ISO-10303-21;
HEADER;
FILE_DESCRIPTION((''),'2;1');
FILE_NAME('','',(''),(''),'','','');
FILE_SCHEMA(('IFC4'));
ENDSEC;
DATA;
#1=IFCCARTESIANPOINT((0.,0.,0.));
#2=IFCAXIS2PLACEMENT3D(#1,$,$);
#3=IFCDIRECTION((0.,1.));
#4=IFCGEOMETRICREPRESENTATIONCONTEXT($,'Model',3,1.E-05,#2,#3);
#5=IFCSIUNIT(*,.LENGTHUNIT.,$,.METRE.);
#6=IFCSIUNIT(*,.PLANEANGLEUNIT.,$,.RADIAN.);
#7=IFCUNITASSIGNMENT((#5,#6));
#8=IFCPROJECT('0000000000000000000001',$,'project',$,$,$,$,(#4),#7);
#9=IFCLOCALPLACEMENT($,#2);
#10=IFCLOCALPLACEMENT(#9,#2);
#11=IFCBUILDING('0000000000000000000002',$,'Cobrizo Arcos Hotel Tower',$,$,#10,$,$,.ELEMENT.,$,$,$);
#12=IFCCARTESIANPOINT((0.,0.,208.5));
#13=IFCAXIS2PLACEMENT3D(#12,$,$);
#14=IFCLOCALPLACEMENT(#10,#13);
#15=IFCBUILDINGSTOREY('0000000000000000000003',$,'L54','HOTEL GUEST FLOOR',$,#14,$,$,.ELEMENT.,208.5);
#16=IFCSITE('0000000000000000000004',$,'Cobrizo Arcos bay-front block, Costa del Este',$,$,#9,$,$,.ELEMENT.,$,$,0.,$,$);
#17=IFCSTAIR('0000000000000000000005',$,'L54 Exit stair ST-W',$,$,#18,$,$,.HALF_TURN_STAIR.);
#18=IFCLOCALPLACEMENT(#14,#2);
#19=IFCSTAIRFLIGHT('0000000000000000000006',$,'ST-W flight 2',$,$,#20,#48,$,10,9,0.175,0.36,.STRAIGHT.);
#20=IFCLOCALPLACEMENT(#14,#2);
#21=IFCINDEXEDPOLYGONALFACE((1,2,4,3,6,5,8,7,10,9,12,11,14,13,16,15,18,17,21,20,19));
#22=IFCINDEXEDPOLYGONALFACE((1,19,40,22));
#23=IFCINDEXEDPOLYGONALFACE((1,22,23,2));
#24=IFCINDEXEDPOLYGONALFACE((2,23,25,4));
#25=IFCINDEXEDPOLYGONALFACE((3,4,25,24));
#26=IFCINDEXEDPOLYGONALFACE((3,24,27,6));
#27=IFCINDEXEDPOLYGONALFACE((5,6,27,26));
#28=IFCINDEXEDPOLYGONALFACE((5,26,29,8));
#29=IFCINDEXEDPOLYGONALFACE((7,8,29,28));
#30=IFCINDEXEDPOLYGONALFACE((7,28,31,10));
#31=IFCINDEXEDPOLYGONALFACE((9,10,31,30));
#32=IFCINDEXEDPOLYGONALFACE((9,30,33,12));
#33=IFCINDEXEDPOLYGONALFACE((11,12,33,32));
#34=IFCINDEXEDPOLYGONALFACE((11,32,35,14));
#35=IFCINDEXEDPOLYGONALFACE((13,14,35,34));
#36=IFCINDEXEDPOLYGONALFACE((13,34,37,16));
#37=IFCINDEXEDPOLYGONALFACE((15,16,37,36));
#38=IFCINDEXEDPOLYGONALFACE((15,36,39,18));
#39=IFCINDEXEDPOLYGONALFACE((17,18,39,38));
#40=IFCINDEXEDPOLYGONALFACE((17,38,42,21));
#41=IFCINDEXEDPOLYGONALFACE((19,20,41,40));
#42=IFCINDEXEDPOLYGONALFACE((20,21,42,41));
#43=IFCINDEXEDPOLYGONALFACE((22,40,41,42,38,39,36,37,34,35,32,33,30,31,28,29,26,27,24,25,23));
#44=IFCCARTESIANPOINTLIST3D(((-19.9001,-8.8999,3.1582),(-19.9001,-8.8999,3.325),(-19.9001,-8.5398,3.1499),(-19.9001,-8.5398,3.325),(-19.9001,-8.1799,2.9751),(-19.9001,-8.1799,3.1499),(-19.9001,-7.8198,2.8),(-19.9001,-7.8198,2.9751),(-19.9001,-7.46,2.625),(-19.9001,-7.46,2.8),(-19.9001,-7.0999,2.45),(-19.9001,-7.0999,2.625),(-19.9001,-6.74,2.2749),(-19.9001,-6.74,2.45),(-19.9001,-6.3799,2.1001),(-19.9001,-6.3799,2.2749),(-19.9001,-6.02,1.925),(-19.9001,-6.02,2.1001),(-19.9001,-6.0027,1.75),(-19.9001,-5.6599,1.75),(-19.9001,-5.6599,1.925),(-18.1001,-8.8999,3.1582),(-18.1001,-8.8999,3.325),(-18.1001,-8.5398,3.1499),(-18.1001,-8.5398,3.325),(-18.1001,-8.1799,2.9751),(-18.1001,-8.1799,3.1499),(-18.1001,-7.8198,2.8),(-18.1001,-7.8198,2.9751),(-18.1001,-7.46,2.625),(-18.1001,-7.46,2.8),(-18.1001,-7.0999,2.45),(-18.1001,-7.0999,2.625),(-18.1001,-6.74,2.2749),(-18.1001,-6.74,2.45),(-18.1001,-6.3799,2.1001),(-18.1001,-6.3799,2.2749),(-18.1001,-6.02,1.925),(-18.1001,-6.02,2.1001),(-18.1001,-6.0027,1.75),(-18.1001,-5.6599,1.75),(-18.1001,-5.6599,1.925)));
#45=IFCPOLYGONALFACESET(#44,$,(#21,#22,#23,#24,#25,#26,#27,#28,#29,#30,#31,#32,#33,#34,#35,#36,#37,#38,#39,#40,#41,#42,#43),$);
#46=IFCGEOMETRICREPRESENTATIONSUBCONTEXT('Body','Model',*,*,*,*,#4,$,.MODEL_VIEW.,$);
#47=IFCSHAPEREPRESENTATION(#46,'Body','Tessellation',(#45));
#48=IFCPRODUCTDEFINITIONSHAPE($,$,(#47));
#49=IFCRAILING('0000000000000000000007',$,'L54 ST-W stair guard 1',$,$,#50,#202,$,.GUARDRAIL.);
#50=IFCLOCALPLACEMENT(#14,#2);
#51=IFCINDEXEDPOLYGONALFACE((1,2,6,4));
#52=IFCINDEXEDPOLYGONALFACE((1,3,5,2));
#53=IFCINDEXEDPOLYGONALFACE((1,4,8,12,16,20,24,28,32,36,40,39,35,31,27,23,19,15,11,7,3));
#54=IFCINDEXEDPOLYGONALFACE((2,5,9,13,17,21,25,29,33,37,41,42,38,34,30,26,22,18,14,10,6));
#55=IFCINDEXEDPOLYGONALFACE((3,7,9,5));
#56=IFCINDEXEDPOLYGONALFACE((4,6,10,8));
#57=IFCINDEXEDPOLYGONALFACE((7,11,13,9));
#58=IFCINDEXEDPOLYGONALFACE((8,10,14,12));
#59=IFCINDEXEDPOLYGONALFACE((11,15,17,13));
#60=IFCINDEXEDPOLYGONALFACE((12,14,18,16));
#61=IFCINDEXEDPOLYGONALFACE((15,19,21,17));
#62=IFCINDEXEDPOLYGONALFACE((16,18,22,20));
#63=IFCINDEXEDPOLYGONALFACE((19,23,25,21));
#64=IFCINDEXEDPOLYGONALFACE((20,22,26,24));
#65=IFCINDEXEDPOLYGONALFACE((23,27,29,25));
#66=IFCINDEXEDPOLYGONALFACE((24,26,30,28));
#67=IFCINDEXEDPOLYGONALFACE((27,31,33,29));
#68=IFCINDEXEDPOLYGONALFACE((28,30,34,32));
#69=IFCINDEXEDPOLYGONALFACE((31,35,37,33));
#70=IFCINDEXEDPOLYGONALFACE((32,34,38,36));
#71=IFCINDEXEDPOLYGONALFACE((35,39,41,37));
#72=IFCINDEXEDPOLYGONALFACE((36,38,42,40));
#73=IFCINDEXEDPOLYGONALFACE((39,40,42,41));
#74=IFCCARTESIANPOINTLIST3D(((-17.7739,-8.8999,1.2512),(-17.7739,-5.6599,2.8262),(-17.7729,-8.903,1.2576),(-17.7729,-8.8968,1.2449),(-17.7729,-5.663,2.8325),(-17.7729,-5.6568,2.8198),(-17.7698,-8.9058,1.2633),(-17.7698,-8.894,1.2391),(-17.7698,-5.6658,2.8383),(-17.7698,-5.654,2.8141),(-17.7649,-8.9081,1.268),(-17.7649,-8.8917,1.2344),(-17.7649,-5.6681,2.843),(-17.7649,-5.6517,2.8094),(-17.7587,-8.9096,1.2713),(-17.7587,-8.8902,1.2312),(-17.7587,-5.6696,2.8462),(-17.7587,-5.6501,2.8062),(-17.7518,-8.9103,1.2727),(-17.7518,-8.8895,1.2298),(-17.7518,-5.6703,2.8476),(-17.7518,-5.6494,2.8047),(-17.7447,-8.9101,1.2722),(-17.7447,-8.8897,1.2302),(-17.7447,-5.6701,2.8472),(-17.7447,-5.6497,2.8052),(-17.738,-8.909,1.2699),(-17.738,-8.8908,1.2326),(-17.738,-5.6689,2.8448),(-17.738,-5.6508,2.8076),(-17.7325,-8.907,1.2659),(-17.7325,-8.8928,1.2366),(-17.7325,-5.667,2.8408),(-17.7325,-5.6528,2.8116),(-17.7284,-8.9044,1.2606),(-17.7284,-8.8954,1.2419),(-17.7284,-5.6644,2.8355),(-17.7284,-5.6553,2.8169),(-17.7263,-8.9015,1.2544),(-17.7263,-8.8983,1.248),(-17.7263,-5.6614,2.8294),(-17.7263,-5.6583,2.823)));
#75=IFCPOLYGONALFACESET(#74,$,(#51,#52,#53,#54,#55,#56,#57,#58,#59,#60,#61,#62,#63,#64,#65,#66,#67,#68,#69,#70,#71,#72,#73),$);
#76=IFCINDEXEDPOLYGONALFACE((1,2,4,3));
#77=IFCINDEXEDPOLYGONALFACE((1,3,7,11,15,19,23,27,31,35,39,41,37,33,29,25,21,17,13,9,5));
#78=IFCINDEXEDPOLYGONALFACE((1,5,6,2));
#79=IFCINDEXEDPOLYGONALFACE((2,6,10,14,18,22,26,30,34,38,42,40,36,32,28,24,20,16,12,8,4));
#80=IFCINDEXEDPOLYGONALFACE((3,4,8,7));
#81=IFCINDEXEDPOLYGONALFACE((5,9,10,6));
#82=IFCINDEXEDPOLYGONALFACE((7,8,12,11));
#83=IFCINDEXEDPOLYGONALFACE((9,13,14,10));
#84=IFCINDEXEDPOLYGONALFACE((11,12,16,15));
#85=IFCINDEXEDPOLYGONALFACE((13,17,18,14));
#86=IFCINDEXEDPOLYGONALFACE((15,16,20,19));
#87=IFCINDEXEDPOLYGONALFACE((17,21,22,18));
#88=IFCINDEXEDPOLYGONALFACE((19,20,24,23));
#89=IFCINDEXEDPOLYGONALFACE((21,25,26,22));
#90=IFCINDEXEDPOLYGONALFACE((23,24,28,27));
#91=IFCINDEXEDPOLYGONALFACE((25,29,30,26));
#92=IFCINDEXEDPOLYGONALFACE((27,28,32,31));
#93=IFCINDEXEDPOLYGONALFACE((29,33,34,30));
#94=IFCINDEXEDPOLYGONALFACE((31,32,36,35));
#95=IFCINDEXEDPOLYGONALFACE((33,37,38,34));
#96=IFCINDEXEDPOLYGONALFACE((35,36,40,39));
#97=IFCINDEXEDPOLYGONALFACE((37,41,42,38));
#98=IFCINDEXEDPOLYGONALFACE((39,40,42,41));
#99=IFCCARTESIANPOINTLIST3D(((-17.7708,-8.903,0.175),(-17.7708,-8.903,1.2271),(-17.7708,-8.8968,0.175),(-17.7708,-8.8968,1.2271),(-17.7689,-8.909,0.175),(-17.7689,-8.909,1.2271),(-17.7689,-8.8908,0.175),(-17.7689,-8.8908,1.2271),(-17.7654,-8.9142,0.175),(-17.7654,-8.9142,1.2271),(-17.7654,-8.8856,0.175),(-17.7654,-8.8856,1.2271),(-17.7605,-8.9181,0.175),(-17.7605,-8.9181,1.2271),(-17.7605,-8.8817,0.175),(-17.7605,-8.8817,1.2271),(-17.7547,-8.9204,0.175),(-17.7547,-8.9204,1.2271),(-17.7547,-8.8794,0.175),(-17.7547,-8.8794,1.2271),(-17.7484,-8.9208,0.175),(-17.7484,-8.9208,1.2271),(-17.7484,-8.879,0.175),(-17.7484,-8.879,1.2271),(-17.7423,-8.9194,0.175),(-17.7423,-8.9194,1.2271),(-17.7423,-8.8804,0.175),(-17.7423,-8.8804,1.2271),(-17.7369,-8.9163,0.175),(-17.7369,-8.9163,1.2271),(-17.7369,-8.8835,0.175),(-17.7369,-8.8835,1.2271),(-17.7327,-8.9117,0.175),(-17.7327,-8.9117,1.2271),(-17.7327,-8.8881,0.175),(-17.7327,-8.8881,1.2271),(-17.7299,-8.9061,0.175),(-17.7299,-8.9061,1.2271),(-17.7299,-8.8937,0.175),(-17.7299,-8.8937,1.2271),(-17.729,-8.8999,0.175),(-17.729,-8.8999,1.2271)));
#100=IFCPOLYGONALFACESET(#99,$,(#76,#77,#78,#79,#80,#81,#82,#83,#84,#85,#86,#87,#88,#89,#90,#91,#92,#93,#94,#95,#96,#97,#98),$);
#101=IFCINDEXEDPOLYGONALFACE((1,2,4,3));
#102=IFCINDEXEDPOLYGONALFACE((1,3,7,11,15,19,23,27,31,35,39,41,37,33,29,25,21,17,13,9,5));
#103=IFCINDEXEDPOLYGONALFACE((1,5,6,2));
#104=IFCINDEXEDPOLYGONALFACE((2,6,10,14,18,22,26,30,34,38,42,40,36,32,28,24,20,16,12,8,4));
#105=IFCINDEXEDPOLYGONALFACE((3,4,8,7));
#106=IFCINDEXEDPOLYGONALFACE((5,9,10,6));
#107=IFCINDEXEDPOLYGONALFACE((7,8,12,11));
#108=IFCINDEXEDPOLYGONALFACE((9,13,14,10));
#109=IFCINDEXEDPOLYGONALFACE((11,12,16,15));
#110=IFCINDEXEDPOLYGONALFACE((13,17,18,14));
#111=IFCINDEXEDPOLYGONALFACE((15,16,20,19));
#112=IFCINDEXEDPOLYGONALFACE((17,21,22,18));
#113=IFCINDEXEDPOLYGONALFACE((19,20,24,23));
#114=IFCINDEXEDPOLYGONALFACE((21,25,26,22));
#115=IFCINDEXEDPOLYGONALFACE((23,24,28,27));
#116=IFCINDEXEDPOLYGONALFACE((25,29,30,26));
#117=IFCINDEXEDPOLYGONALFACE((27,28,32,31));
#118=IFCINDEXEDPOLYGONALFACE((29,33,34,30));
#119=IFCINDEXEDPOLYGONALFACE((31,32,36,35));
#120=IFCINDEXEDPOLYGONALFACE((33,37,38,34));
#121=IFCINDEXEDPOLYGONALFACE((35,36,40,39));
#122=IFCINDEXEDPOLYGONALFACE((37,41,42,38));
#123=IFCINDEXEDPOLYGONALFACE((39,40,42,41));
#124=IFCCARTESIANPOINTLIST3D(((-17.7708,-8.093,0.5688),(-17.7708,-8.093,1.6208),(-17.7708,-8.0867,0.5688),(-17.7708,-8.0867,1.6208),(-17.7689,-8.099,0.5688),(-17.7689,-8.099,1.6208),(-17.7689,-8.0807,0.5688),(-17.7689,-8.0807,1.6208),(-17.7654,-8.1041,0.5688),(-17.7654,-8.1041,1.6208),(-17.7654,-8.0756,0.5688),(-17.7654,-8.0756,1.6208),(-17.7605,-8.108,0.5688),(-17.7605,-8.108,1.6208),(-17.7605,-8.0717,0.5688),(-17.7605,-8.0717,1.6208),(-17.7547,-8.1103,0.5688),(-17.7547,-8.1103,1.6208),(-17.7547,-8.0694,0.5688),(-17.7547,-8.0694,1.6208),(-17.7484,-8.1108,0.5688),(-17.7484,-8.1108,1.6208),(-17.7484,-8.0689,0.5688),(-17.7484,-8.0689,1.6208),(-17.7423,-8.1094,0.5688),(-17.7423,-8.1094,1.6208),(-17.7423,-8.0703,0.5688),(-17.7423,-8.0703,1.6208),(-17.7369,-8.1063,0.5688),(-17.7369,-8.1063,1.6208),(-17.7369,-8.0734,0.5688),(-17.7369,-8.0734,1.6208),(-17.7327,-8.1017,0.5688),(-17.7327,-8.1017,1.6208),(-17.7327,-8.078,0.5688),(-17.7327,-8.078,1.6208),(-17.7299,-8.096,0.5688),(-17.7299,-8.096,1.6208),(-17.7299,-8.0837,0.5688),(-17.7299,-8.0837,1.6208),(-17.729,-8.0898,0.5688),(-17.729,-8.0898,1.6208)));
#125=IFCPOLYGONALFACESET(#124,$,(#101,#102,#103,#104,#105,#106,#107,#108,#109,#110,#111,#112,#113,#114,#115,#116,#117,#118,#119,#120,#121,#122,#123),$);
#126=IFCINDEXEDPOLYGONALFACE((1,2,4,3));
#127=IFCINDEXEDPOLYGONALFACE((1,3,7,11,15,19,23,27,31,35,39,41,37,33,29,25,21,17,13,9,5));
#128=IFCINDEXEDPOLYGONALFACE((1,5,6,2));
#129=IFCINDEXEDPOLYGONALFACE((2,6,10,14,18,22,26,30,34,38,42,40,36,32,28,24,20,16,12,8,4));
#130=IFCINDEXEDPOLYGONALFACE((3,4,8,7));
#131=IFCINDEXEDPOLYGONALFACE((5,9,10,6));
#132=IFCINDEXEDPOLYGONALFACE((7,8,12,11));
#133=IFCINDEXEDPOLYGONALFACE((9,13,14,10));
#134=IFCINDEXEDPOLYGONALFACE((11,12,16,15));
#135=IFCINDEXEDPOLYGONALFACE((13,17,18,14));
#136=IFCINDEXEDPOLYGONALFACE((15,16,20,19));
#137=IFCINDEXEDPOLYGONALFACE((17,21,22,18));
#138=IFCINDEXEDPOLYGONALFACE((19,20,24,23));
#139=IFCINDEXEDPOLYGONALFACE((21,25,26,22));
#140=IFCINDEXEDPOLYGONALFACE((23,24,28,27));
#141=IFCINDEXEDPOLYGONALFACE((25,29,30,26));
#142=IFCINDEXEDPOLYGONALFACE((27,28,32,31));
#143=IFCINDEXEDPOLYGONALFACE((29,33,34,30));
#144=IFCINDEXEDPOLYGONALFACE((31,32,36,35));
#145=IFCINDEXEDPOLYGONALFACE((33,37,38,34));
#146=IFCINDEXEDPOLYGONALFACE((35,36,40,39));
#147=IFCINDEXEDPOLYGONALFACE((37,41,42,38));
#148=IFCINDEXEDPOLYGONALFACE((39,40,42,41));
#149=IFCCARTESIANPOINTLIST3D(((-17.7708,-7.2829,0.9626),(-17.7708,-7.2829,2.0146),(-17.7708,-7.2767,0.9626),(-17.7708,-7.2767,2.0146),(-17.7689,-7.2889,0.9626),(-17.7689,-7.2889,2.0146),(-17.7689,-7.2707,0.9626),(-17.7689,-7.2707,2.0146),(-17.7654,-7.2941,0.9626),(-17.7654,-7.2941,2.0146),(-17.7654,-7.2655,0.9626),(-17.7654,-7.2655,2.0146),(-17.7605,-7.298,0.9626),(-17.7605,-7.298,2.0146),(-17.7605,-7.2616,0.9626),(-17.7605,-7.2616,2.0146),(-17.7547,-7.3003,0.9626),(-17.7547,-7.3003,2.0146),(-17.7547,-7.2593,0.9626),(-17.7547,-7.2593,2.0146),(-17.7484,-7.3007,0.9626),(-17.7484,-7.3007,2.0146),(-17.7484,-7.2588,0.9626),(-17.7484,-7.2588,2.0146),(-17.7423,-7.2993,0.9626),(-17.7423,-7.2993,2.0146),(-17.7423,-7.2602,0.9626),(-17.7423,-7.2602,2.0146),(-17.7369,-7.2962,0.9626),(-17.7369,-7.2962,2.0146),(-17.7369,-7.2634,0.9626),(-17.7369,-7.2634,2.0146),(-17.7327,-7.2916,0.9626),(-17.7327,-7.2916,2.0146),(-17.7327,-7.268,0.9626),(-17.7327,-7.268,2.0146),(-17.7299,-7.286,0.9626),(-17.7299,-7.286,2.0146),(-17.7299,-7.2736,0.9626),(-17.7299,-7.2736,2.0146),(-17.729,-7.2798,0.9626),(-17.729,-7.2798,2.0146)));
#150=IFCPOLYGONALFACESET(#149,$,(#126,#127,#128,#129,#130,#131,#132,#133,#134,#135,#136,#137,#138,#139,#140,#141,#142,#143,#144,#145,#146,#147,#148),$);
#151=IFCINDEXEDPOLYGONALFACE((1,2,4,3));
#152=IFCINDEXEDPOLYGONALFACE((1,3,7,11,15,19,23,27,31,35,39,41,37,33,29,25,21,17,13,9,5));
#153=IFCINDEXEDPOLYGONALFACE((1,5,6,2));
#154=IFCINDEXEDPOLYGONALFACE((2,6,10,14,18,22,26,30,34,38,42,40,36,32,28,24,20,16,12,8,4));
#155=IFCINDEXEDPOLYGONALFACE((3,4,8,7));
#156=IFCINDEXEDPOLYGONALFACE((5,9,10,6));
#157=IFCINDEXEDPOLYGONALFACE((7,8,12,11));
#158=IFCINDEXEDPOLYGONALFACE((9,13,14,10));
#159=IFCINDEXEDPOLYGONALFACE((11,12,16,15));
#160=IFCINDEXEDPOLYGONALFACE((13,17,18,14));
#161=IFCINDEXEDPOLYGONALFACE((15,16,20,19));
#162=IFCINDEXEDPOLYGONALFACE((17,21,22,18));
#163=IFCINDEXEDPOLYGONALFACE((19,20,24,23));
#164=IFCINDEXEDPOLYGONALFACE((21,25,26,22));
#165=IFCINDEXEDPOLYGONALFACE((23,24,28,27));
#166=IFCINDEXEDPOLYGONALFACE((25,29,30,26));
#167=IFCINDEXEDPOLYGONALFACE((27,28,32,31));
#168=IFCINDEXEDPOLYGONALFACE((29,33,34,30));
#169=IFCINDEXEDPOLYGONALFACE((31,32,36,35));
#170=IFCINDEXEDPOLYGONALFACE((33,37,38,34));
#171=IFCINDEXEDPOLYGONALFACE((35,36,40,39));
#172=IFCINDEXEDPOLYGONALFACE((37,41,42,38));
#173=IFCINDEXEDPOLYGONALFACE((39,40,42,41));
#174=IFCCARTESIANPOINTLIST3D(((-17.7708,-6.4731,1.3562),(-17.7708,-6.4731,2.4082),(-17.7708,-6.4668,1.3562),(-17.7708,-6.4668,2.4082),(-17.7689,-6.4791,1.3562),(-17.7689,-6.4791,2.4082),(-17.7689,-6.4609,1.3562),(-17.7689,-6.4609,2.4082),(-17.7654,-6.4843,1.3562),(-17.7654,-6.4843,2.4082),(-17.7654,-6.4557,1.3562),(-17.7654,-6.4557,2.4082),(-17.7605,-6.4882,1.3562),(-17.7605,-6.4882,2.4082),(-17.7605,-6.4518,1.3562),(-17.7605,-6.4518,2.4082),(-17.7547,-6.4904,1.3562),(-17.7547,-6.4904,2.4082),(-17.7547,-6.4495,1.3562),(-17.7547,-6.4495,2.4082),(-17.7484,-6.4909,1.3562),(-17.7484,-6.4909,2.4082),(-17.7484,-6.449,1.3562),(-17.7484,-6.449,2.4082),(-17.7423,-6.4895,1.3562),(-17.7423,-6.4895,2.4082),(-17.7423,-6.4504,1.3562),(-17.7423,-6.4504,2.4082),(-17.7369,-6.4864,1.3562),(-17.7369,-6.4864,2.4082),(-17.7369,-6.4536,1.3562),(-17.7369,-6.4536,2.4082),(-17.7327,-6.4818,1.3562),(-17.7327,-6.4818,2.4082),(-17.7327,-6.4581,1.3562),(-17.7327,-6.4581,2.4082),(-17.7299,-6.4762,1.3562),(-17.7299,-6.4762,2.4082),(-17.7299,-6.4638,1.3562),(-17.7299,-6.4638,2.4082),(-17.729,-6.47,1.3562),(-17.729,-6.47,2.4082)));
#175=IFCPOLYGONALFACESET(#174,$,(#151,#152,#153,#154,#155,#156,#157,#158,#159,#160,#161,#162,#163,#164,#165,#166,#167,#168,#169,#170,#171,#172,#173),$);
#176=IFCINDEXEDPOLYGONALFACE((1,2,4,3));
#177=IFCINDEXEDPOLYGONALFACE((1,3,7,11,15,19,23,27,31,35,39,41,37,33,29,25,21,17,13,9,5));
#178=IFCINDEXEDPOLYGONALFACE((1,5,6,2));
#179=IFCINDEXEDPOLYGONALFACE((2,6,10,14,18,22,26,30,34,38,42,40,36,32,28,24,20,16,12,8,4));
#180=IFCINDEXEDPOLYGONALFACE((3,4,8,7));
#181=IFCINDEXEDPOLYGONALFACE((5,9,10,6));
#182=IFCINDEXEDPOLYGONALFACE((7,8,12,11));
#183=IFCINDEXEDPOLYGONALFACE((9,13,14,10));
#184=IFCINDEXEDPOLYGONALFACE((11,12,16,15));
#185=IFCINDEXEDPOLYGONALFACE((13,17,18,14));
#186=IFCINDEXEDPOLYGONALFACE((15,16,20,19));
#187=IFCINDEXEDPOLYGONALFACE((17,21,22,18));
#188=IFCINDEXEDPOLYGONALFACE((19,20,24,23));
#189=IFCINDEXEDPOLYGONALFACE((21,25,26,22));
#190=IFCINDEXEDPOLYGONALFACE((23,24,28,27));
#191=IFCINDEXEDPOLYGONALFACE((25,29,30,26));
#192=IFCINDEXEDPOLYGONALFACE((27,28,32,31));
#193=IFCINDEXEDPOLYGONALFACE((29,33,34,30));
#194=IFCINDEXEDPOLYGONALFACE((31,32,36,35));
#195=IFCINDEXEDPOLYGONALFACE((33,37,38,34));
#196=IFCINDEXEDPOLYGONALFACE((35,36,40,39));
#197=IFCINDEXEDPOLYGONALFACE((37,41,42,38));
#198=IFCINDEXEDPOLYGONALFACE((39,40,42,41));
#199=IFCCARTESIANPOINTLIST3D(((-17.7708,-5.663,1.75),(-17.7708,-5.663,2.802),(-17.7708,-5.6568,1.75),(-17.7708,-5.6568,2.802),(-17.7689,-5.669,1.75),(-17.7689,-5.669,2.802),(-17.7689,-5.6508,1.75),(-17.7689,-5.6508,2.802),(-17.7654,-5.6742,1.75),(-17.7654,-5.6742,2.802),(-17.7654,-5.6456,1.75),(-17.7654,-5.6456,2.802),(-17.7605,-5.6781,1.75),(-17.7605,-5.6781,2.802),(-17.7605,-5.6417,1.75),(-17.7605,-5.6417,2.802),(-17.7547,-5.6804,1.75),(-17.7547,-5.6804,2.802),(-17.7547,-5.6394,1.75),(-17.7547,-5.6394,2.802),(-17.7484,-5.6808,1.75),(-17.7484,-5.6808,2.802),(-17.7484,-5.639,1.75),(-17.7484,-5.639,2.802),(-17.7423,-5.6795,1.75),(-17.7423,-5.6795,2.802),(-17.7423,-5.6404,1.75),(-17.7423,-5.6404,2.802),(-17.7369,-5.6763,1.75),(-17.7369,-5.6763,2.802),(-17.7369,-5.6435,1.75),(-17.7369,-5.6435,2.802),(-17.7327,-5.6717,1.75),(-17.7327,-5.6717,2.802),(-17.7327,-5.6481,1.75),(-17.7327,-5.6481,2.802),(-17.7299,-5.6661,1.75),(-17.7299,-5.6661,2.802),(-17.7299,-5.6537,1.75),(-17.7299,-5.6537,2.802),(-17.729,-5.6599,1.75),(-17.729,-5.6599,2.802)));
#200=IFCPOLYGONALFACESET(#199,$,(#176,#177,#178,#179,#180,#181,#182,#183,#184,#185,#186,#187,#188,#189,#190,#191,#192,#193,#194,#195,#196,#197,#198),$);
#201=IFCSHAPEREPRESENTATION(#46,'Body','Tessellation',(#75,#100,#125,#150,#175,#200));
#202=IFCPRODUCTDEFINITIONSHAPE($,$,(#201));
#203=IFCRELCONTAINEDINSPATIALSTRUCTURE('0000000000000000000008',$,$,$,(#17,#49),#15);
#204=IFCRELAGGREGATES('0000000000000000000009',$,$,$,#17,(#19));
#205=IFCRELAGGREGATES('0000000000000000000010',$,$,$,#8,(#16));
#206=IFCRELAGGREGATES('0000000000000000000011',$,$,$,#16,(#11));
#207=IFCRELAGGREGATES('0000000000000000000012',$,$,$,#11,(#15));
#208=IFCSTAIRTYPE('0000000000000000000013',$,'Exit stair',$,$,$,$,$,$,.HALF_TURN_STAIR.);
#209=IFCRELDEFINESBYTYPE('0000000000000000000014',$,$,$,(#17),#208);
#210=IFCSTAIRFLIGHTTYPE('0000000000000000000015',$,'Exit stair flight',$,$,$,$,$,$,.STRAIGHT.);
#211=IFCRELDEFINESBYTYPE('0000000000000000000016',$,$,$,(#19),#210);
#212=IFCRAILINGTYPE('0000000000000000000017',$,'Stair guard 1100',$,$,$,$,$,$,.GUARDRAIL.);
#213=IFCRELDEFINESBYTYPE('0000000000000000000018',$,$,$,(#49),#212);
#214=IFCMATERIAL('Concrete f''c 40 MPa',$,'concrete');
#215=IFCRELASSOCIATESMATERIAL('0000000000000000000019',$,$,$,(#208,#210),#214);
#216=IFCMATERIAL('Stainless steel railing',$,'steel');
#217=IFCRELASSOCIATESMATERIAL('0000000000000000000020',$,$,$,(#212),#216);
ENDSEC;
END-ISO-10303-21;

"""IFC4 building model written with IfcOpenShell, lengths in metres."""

from ifc_helpers import new_model, si_unit, direction, frame, origin, origin_2d, place, context, subcontext, project, spatial, polyline, circle, outline, extrude, material, type_object, element, aggregate, save


model = new_model("IFC4")

# Units and contexts
model_context = context("Model", 3, precision=1e-05, world=origin(), true_north=direction((0.0, 1.0)))
body_context = subcontext(model_context, "Body", "Model", "MODEL_VIEW")
ifc_project = project(units=[si_unit("LENGTHUNIT", "METRE"), si_unit("PLANEANGLEUNIT", "RADIAN")], contexts=[model_context])

# Site, building, storey
site_placement = place(None, origin())
site = spatial("IfcSite", under=ifc_project, at=site_placement, Name="Cobrizo Arcos bay-front block, Costa del Este", CompositionType="ELEMENT", RefElevation=0.0)
building_placement = place(site_placement, origin())
building = spatial("IfcBuilding", under=site, at=building_placement, Name="Cobrizo Arcos Hotel Tower", CompositionType="ELEMENT")
storey_placement = place(building_placement, frame((0.0, 0.0, 208.5)))
storey = spatial("IfcBuildingStorey", under=building, at=storey_placement, Name="L54", Description="HOTEL GUEST FLOOR", CompositionType="ELEMENT", Elevation=208.5)

# Shared definitions
ifc_material_1 = material(Name="Concrete f'c 40 MPa", Category="concrete")

# Stair, stair flight
stair_type = type_object("IfcStairType", Name="Exit stair", PredefinedType="HALF_TURN_STAIR", material=ifc_material_1)
stair_placement = place(storey_placement, origin())
stair = element("IfcStair", 1, at=stair_placement, inside=storey, type_object=stair_type, Name="L54 Exit stair ST-W", PredefinedType="HALF_TURN_STAIR")
stair_flight_type = type_object("IfcStairFlightType", Name="Exit stair flight", PredefinedType="STRAIGHT", material=ifc_material_1)
stair_flight_1_placement = place(storey_placement, frame((-19.0, -5.6599, 1.75), z_axis=(0.0, 0.0, 1.0), x_axis=(0.0, -1.0, 0.0)))
stair_flight_1 = element("IfcStairFlight", 2, at=stair_flight_1_placement, type_object=stair_flight_type, Name="ST-W flight 2", NumberOfRisers=10, NumberOfTreads=9, PredefinedType="STRAIGHT", RiserHeight=0.175, TreadLength=0.36, context=body_context, shape_type="SweptSolid", body=[
    extrude(outline(polyline([(0.0, 0.0), (0.0, 0.175), (0.3601, 0.175), (0.3601, 0.3501), (0.72, 0.3501), (0.72, 0.5249), (1.0801, 0.5249), (1.0801, 0.7), (1.4399, 0.7), (1.4399, 0.875), (1.8, 0.875), (1.8, 1.05), (2.1599, 1.05), (2.1599, 1.2251), (2.52, 1.2251), (2.52, 1.3999), (2.8799, 1.3999), (2.8799, 1.575), (3.24, 1.575), (3.24, 1.75), (3.24, 1.4082), (0.3428, 0.0), (0.0, 0.0)])), frame((0.0, 0.8999, 0.0), z_axis=(0.0, -1.0, 0.0), x_axis=(1.0, 0.0, 0.0)), (0.0, 0.0, 1.0), 1.8),
])
aggregate(stair, [stair_flight_1])

# Railing
ifc_material_2 = material(Name="Stainless steel railing", Category="steel")
railing_type_1 = type_object("IfcRailingType", Name="Stair guard 1100", PredefinedType="GUARDRAIL", material=ifc_material_2)
railing_1_placement = place(storey_placement, frame((-17.75, -8.8999, 0.175)))
element("IfcRailing", 3, at=railing_1_placement, inside=storey, type_object=railing_type_1, Name="L54 ST-W stair guard 1", PredefinedType="GUARDRAIL", context=body_context, shape_type="SweptSolid", body=[
    extrude(circle(Radius=0.0239, at=origin_2d()), frame((0.0, 0.0, 1.0762), z_axis=(0.0, 0.899373, 0.437183), x_axis=(-1.0, 0.0, 0.0)), (0.0, 0.0, 1.0), 3.6025),
    extrude(circle(Radius=0.021, at=origin_2d()), origin(), (0.0, 0.0, 1.0), 1.052),
    extrude(circle(Radius=0.021, at=origin_2d()), frame((0.0, 0.8101, 0.3938)), (0.0, 0.0, 1.0), 1.052),
    extrude(circle(Radius=0.021, at=origin_2d()), frame((0.0, 1.6201, 0.7876)), (0.0, 0.0, 1.0), 1.052),
    extrude(circle(Radius=0.021, at=origin_2d()), frame((0.0, 2.4299, 1.1812)), (0.0, 0.0, 1.0), 1.052),
    extrude(circle(Radius=0.021, at=origin_2d()), frame((0.0, 3.24, 1.575)), (0.0, 0.0, 1.0), 1.052),
])

save(model, "model.ifc")
